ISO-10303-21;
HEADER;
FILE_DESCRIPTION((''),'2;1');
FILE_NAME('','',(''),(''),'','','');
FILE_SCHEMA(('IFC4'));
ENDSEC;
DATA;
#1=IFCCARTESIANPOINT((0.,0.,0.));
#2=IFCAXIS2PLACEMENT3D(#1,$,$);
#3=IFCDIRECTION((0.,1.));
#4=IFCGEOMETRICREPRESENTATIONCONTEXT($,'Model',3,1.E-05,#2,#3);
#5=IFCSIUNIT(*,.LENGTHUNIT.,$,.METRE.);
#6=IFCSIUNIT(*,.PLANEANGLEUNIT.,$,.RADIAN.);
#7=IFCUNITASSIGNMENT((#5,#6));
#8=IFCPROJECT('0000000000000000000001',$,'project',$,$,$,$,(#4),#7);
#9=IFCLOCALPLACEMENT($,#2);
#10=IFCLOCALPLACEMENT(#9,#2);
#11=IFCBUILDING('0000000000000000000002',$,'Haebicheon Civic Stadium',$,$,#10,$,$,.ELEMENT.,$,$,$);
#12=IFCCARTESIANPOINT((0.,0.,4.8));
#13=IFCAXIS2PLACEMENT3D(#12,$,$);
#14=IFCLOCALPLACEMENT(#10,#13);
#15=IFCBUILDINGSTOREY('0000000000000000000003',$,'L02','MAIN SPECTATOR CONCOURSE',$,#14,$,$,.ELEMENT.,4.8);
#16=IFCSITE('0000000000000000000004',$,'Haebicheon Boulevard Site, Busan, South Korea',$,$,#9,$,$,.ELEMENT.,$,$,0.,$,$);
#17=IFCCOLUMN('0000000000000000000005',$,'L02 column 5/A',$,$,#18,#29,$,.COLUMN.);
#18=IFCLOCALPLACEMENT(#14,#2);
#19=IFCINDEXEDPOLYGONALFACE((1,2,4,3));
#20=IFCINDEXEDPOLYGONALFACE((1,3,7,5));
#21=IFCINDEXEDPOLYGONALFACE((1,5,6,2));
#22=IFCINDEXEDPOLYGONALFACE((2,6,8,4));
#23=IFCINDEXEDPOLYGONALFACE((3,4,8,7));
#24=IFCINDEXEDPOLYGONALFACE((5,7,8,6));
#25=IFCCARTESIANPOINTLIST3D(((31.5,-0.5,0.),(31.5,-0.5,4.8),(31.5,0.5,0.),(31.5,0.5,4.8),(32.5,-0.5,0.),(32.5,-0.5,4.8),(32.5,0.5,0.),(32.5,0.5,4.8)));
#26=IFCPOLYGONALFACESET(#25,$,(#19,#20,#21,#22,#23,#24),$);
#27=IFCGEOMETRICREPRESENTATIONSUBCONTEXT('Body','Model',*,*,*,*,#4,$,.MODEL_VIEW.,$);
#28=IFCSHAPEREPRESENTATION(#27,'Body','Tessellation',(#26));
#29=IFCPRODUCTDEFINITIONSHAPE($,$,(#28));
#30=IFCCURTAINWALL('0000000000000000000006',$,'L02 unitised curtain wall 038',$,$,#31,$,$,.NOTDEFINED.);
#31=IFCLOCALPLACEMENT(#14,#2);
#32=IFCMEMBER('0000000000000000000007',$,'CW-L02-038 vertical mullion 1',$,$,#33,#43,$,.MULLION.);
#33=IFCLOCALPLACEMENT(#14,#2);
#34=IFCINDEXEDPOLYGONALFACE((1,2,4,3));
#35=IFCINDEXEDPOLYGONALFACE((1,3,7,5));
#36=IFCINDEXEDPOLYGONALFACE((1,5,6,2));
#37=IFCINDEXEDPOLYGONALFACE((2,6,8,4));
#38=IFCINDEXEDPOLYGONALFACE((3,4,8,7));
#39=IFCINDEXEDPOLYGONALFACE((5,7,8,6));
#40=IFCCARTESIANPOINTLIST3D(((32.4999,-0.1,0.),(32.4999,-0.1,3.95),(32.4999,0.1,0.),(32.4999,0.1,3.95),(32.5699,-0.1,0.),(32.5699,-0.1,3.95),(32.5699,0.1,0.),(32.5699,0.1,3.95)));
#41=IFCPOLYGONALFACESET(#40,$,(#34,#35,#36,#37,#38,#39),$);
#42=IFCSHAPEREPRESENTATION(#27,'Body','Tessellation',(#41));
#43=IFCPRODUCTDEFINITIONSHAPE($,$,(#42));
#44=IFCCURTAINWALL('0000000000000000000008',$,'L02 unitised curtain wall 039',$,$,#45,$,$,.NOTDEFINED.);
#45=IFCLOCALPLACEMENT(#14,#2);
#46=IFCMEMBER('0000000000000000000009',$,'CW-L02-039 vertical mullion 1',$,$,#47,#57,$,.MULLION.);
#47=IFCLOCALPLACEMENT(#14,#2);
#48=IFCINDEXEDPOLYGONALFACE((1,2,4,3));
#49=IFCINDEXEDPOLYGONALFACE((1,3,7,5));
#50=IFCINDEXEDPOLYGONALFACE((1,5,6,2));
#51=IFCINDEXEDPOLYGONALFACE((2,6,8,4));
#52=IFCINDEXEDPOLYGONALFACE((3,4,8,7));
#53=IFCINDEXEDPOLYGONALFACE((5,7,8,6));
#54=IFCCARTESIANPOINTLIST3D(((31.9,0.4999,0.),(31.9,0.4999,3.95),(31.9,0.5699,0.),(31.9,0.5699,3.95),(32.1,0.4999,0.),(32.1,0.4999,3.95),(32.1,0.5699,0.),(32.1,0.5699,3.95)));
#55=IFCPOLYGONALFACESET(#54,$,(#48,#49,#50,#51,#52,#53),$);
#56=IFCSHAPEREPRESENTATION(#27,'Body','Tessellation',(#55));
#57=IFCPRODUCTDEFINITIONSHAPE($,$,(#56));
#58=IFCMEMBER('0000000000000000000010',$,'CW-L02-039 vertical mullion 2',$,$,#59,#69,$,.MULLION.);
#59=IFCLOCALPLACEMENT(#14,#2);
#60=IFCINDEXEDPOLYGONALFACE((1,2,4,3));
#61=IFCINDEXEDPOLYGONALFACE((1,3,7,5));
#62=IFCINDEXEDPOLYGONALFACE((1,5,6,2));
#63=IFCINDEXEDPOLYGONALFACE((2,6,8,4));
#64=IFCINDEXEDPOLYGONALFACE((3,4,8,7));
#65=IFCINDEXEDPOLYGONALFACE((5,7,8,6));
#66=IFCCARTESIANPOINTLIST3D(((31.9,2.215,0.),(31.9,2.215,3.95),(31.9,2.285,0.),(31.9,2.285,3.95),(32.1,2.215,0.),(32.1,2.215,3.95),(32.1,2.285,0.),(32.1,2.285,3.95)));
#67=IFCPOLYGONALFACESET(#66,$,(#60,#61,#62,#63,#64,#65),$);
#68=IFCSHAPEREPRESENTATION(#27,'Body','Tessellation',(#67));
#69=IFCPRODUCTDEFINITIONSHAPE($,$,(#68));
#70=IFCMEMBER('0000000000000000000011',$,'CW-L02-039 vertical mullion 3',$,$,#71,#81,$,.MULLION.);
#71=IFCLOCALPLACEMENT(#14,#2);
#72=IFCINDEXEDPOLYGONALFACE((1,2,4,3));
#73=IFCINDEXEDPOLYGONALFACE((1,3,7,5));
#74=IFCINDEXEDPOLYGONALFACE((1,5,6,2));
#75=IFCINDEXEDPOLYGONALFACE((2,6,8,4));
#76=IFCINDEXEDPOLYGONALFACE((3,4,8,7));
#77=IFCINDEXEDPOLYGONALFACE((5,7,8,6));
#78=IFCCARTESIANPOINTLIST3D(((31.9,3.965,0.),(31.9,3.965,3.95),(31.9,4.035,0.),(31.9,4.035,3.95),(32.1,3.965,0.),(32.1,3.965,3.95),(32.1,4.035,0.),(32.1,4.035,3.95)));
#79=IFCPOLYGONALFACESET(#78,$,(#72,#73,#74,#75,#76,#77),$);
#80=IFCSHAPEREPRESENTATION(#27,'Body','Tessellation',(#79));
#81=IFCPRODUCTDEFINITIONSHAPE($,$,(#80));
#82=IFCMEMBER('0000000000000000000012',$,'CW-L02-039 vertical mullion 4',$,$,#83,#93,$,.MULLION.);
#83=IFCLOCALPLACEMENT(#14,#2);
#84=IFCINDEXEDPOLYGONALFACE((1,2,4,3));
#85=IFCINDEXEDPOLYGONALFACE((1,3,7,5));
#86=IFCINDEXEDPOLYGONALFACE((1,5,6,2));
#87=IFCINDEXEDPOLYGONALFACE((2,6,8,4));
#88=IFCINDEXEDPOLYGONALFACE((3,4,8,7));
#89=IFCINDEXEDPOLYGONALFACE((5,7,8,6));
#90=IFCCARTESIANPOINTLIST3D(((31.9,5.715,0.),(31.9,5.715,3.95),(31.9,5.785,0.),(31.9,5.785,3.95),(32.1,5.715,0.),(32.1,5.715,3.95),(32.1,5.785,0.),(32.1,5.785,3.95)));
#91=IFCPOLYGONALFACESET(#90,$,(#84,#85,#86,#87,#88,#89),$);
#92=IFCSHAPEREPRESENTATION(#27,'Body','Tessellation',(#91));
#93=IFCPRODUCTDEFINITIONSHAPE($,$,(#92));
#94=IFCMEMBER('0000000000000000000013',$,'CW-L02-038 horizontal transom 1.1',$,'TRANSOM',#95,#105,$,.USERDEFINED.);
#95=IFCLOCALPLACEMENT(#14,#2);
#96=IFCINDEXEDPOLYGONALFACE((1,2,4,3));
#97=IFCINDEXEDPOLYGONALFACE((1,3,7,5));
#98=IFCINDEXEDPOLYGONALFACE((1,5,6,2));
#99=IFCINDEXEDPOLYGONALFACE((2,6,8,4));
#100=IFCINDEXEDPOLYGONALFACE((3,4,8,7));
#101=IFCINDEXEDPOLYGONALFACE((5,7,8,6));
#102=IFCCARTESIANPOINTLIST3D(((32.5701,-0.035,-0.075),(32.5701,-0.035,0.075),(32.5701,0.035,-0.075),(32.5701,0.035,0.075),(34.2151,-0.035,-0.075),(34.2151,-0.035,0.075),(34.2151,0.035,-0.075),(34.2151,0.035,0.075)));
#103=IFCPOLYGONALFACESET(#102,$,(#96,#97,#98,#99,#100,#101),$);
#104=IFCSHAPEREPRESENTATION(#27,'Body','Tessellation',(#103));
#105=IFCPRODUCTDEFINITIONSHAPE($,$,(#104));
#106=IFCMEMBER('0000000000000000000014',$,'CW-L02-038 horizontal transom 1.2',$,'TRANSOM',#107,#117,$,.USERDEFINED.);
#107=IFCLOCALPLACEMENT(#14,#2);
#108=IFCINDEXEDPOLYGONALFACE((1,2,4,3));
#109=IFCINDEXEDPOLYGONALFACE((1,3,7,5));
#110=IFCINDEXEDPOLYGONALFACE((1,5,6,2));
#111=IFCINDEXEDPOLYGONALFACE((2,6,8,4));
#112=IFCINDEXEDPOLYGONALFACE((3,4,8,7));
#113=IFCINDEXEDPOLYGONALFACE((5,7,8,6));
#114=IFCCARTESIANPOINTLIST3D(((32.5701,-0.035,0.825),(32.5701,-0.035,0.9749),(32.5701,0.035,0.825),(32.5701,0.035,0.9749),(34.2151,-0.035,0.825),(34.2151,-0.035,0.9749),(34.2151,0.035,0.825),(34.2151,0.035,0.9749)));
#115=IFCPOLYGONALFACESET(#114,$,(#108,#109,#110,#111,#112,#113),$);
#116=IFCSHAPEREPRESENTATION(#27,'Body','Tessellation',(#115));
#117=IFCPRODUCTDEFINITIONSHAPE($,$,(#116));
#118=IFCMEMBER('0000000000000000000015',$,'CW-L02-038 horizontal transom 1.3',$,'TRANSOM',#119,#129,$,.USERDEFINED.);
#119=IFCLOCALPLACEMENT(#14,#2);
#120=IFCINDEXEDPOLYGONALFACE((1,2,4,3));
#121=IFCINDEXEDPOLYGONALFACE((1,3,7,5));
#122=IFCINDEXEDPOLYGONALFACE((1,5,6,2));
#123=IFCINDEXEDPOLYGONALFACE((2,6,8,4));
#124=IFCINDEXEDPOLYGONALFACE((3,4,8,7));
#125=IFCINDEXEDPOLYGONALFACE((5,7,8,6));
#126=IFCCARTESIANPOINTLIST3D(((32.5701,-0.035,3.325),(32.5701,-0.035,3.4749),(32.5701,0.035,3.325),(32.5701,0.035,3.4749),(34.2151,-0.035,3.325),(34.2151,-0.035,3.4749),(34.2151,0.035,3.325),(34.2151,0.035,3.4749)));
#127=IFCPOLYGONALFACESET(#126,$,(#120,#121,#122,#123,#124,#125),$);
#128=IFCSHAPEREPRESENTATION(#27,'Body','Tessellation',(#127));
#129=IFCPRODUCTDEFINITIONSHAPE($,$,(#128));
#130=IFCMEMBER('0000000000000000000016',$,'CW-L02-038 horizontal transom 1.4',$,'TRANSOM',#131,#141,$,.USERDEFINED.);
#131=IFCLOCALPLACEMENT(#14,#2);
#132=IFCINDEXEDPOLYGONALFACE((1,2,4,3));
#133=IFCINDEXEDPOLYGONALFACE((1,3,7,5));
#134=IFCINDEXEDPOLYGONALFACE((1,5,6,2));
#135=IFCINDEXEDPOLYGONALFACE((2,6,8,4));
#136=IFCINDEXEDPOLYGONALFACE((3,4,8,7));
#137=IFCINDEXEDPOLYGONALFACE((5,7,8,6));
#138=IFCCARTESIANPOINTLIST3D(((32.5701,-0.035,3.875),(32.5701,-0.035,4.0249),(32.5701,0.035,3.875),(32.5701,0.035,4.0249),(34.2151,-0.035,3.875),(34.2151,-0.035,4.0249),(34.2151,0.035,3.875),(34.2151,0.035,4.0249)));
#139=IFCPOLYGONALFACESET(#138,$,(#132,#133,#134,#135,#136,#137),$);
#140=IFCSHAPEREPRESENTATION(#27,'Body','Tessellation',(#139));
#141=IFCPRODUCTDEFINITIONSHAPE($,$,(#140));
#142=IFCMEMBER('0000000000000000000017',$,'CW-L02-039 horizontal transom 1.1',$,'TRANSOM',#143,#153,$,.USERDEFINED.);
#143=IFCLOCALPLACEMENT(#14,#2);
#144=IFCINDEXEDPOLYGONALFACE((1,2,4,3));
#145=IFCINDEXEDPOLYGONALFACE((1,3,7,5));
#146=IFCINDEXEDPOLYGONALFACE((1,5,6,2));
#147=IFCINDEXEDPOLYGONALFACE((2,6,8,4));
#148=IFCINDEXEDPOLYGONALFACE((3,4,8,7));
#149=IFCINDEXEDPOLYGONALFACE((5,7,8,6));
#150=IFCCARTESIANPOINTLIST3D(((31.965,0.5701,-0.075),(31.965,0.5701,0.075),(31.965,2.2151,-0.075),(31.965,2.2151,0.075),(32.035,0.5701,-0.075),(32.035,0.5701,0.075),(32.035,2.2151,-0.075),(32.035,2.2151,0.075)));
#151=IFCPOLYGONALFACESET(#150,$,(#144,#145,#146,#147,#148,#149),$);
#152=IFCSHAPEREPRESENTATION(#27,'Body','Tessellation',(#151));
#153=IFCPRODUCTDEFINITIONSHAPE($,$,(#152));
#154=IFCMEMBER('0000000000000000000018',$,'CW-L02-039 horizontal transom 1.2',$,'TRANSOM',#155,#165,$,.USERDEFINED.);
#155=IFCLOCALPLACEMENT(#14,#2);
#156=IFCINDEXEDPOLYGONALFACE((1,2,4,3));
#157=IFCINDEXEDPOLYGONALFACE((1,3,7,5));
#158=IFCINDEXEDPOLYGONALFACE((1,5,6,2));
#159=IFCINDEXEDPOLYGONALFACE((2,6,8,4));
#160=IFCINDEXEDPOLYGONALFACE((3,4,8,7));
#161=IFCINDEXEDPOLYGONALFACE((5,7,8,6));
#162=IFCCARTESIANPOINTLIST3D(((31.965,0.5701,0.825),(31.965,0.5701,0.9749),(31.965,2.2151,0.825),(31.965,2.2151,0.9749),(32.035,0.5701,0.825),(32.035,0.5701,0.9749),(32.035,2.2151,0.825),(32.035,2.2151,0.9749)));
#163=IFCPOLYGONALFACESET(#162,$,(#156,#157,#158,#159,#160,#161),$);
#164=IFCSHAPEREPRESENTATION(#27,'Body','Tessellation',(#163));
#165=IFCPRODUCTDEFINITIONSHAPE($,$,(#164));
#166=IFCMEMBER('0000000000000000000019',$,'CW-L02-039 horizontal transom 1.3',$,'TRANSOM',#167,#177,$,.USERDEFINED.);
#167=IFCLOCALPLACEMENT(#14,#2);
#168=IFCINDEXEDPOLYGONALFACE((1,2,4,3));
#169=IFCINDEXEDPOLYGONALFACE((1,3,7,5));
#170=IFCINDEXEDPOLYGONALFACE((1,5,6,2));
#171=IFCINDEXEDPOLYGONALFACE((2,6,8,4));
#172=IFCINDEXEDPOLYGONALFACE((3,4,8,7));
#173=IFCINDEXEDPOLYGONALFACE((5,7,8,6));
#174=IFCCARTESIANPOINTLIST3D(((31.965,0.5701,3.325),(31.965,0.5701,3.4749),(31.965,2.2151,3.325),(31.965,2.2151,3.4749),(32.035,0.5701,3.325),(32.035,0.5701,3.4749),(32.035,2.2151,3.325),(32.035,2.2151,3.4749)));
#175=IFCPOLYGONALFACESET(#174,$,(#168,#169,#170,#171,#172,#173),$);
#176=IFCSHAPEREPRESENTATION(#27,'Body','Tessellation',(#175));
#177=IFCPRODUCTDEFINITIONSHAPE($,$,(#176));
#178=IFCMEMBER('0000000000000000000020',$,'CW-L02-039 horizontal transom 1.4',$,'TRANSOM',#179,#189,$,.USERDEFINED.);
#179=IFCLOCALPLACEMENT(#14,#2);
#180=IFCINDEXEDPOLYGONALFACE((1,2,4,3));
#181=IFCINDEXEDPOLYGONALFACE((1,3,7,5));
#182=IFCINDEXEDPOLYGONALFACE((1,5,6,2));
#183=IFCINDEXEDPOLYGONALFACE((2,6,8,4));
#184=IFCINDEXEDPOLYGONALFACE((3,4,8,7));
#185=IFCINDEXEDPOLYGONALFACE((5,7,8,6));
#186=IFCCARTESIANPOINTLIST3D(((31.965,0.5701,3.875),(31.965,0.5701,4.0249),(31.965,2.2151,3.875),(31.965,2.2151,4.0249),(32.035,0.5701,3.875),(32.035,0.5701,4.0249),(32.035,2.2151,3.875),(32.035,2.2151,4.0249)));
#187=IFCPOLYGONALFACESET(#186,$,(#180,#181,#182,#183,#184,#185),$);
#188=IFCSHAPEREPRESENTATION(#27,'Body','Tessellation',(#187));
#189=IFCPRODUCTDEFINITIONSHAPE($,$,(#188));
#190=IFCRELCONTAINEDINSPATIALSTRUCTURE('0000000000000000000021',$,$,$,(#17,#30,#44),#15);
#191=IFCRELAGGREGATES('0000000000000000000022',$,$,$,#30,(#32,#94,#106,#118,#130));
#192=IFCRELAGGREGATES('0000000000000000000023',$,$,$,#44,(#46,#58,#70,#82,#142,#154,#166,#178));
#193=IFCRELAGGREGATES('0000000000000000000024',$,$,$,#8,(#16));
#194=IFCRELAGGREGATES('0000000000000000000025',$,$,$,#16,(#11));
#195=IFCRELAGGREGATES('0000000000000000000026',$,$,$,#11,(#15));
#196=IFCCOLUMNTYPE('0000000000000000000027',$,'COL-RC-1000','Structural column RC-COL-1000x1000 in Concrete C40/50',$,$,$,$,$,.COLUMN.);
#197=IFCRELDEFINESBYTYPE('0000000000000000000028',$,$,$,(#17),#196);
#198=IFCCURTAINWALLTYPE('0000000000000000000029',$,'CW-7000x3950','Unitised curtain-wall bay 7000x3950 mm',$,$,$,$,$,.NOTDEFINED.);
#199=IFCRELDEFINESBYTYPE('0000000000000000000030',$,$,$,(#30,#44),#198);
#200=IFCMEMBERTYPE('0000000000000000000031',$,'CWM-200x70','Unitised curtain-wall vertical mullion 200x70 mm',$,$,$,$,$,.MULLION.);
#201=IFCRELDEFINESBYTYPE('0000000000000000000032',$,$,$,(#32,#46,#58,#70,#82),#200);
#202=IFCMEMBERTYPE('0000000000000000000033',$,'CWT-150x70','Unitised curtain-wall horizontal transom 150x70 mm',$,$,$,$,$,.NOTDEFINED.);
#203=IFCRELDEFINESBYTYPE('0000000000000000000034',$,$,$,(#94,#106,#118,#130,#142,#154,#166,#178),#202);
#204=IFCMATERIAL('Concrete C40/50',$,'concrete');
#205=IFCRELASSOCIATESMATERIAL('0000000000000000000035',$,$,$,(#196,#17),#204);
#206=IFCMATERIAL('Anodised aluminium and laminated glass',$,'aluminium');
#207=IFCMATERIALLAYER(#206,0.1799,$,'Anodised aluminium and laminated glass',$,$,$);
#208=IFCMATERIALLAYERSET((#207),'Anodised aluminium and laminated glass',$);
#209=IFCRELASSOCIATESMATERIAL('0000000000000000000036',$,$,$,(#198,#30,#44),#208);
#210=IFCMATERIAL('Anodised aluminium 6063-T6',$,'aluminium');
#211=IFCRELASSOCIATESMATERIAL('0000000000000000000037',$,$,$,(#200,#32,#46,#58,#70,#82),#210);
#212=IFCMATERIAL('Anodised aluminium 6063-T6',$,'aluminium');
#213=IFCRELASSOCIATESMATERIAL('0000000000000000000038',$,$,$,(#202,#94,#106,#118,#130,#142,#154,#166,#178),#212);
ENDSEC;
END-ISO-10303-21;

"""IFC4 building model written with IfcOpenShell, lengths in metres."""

from ifc_helpers import new_model, si_unit, direction, frame, origin, origin_2d, place, context, subcontext, project, spatial, rectangle, extrude, material, layer, layer_set, material_profile, profile_set, type_object, element, aggregate, save


model = new_model("IFC4")

# Units and contexts
model_context = context("Model", 3, precision=1e-05, world=origin(), true_north=direction((0.0, 1.0)))
body_context = subcontext(model_context, "Body", "Model", "MODEL_VIEW")
ifc_project = project(units=[si_unit("LENGTHUNIT", "METRE"), si_unit("PLANEANGLEUNIT", "RADIAN")], contexts=[model_context])

# Site, building, storey
site_placement = place(None, origin())
site = spatial("IfcSite", under=ifc_project, at=site_placement, Name="Haebicheon Boulevard Site, Busan, South Korea", CompositionType="ELEMENT", RefElevation=0.0)
building_placement = place(site_placement, origin())
building = spatial("IfcBuilding", under=site, at=building_placement, Name="Haebicheon Civic Stadium", CompositionType="ELEMENT")
storey_placement = place(building_placement, frame((0.0, 0.0, 4.8)))
storey = spatial("IfcBuildingStorey", under=building, at=storey_placement, Name="L02", Description="MAIN SPECTATOR CONCOURSE", CompositionType="ELEMENT", Elevation=4.8)

# Column
ifc_material_1 = material(Name="Concrete C40/50", Category="concrete")
ifc_material_profile_1 = material_profile(ifc_material_1, rectangle(XDim=1.0, YDim=1.0, at=origin_2d()), Name="RC-COL-1000x1000")
ifc_profile_set_1 = profile_set([ifc_material_profile_1], Name="Concrete C40/50")
column_type = type_object("IfcColumnType", Name="COL-RC-1000", Description="Structural column RC-COL-1000x1000 in Concrete C40/50", PredefinedType="COLUMN", material=ifc_profile_set_1)
column_placement = place(storey_placement, frame((32.0, 0.0, 0.0), z_axis=(0.0, 0.0, 1.0), x_axis=(1.0, 0.0, 0.0)))
element("IfcColumn", 1, at=column_placement, inside=storey, type_object=column_type, material=ifc_profile_set_1, Name="L02 column 5/A", PredefinedType="COLUMN", context=body_context, shape_type="SweptSolid", body=[
    extrude(rectangle(XDim=1.0, YDim=1.0, at=origin_2d()), origin(), (0.0, 0.0, 1.0), 4.8),
])

# Curtain wall, member
ifc_material_2 = material(Name="Anodised aluminium and laminated glass", Category="aluminium")
ifc_layer_1 = layer(ifc_material_2, 0.1799, Name="Anodised aluminium and laminated glass")
ifc_layer_set_1 = layer_set([ifc_layer_1], Name="Anodised aluminium and laminated glass")
curtain_wall_type = type_object("IfcCurtainWallType", Name="CW-7000x3950", Description="Unitised curtain-wall bay 7000x3950 mm", PredefinedType="NOTDEFINED", material=ifc_layer_set_1)
curtain_wall_1_placement = place(storey_placement, origin())
curtain_wall_1 = element("IfcCurtainWall", 2, at=curtain_wall_1_placement, inside=storey, type_object=curtain_wall_type, material=ifc_layer_set_1, Name="L02 unitised curtain wall 038", PredefinedType="NOTDEFINED")
ifc_material_3 = material(Name="Anodised aluminium 6063-T6", Category="aluminium")
ifc_material_profile_2 = material_profile(ifc_material_3, rectangle(XDim=0.0701, YDim=0.2, at=origin_2d()), Name="ALU-MULL-70x200")
ifc_profile_set_2 = profile_set([ifc_material_profile_2], Name="Anodised aluminium 6063-T6")
member_type_1 = type_object("IfcMemberType", Name="CWM-200x70", Description="Unitised curtain-wall vertical mullion 200x70 mm", PredefinedType="MULLION", material=ifc_profile_set_2)
member_1_placement = place(storey_placement, frame((32.5349, 0.0, 0.0), z_axis=(0.0, 0.0, 1.0), x_axis=(1.0, 0.0, 0.0)))
member_1 = element("IfcMember", 3, at=member_1_placement, type_object=member_type_1, material=ifc_profile_set_2, Name="CW-L02-038 vertical mullion 1", PredefinedType="MULLION", context=body_context, shape_type="SweptSolid", body=[
    extrude(rectangle(XDim=0.0701, YDim=0.2, at=origin_2d()), origin(), (0.0, 0.0, 1.0), 3.95),
])

# Curtain wall, members
curtain_wall_2_placement = place(storey_placement, origin())
curtain_wall_2 = element("IfcCurtainWall", 4, at=curtain_wall_2_placement, inside=storey, type_object=curtain_wall_type, material=ifc_layer_set_1, Name="L02 unitised curtain wall 039", PredefinedType="NOTDEFINED")
member_2_placement = place(storey_placement, frame((32.0, 0.5349, 0.0), z_axis=(0.0, 0.0, 1.0), x_axis=(0.0, 1.0, 0.0)))
member_2 = element("IfcMember", 5, at=member_2_placement, type_object=member_type_1, material=ifc_profile_set_2, Name="CW-L02-039 vertical mullion 1", PredefinedType="MULLION", context=body_context, shape_type="SweptSolid", body=[
    extrude(rectangle(XDim=0.0701, YDim=0.2, at=origin_2d()), origin(), (0.0, 0.0, 1.0), 3.95),
])
member_3_placement = place(storey_placement, frame((32.0, 2.25, 0.0), z_axis=(0.0, 0.0, 1.0), x_axis=(0.0, 1.0, 0.0)))
member_3 = element("IfcMember", 6, at=member_3_placement, type_object=member_type_1, material=ifc_profile_set_2, Name="CW-L02-039 vertical mullion 2", PredefinedType="MULLION", context=body_context, shape_type="SweptSolid", body=[
    extrude(rectangle(XDim=0.0701, YDim=0.2, at=origin_2d()), origin(), (0.0, 0.0, 1.0), 3.95),
])
member_4_placement = place(storey_placement, frame((32.0, 4.0, 0.0), z_axis=(0.0, 0.0, 1.0), x_axis=(0.0, 1.0, 0.0)))
member_4 = element("IfcMember", 7, at=member_4_placement, type_object=member_type_1, material=ifc_profile_set_2, Name="CW-L02-039 vertical mullion 3", PredefinedType="MULLION", context=body_context, shape_type="SweptSolid", body=[
    extrude(rectangle(XDim=0.0701, YDim=0.2, at=origin_2d()), origin(), (0.0, 0.0, 1.0), 3.95),
])
member_5_placement = place(storey_placement, frame((32.0, 5.75, 0.0), z_axis=(0.0, 0.0, 1.0), x_axis=(0.0, 1.0, 0.0)))
member_5 = element("IfcMember", 8, at=member_5_placement, type_object=member_type_1, material=ifc_profile_set_2, Name="CW-L02-039 vertical mullion 4", PredefinedType="MULLION", context=body_context, shape_type="SweptSolid", body=[
    extrude(rectangle(XDim=0.0701, YDim=0.2, at=origin_2d()), origin(), (0.0, 0.0, 1.0), 3.95),
])

# Members
ifc_material_4 = material(Name="Anodised aluminium 6063-T6", Category="aluminium")
ifc_material_profile_3 = material_profile(ifc_material_4, rectangle(XDim=0.0701, YDim=0.1499, at=origin_2d()), Name="ALU-TRAN-70x150")
ifc_profile_set_3 = profile_set([ifc_material_profile_3], Name="Anodised aluminium 6063-T6")
member_type_2 = type_object("IfcMemberType", Name="CWT-150x70", Description="Unitised curtain-wall horizontal transom 150x70 mm", PredefinedType="NOTDEFINED", material=ifc_profile_set_3)
member_6_placement = place(storey_placement, frame((32.5701, 0.0, 0.0), z_axis=(1.0, 0.0, 0.0), x_axis=(0.0, 1.0, 0.0)))
member_6 = element("IfcMember", 9, at=member_6_placement, type_object=member_type_2, material=ifc_profile_set_3, Name="CW-L02-038 horizontal transom 1.1", ObjectType="TRANSOM", PredefinedType="USERDEFINED", context=body_context, shape_type="SweptSolid", body=[
    extrude(rectangle(XDim=0.0701, YDim=0.1499, at=origin_2d()), origin(), (0.0, 0.0, 1.0), 1.645),
])
member_7_placement = place(storey_placement, frame((32.5701, 0.0, 0.8999), z_axis=(1.0, 0.0, 0.0), x_axis=(0.0, 1.0, 0.0)))
member_7 = element("IfcMember", 10, at=member_7_placement, type_object=member_type_2, material=ifc_profile_set_3, Name="CW-L02-038 horizontal transom 1.2", ObjectType="TRANSOM", PredefinedType="USERDEFINED", context=body_context, shape_type="SweptSolid", body=[
    extrude(rectangle(XDim=0.0701, YDim=0.1499, at=origin_2d()), origin(), (0.0, 0.0, 1.0), 1.645),
])
member_8_placement = place(storey_placement, frame((32.5701, 0.0, 3.3999), z_axis=(1.0, 0.0, 0.0), x_axis=(0.0, 1.0, 0.0)))
member_8 = element("IfcMember", 11, at=member_8_placement, type_object=member_type_2, material=ifc_profile_set_3, Name="CW-L02-038 horizontal transom 1.3", ObjectType="TRANSOM", PredefinedType="USERDEFINED", context=body_context, shape_type="SweptSolid", body=[
    extrude(rectangle(XDim=0.0701, YDim=0.1499, at=origin_2d()), origin(), (0.0, 0.0, 1.0), 1.645),
])
member_9_placement = place(storey_placement, frame((32.5701, 0.0, 3.95), z_axis=(1.0, 0.0, 0.0), x_axis=(0.0, 1.0, 0.0)))
member_9 = element("IfcMember", 12, at=member_9_placement, type_object=member_type_2, material=ifc_profile_set_3, Name="CW-L02-038 horizontal transom 1.4", ObjectType="TRANSOM", PredefinedType="USERDEFINED", context=body_context, shape_type="SweptSolid", body=[
    extrude(rectangle(XDim=0.0701, YDim=0.1499, at=origin_2d()), origin(), (0.0, 0.0, 1.0), 1.645),
])
aggregate(curtain_wall_1, [member_1, member_6, member_7, member_8, member_9])
member_10_placement = place(storey_placement, frame((32.0, 0.5701, 0.0), z_axis=(0.0, 1.0, 0.0), x_axis=(-1.0, 0.0, 0.0)))
member_10 = element("IfcMember", 13, at=member_10_placement, type_object=member_type_2, material=ifc_profile_set_3, Name="CW-L02-039 horizontal transom 1.1", ObjectType="TRANSOM", PredefinedType="USERDEFINED", context=body_context, shape_type="SweptSolid", body=[
    extrude(rectangle(XDim=0.0701, YDim=0.1499, at=origin_2d()), origin(), (0.0, 0.0, 1.0), 1.645),
])
member_11_placement = place(storey_placement, frame((32.0, 0.5701, 0.8999), z_axis=(0.0, 1.0, 0.0), x_axis=(-1.0, 0.0, 0.0)))
member_11 = element("IfcMember", 14, at=member_11_placement, type_object=member_type_2, material=ifc_profile_set_3, Name="CW-L02-039 horizontal transom 1.2", ObjectType="TRANSOM", PredefinedType="USERDEFINED", context=body_context, shape_type="SweptSolid", body=[
    extrude(rectangle(XDim=0.0701, YDim=0.1499, at=origin_2d()), origin(), (0.0, 0.0, 1.0), 1.645),
])
member_12_placement = place(storey_placement, frame((32.0, 0.5701, 3.3999), z_axis=(0.0, 1.0, 0.0), x_axis=(-1.0, 0.0, 0.0)))
member_12 = element("IfcMember", 15, at=member_12_placement, type_object=member_type_2, material=ifc_profile_set_3, Name="CW-L02-039 horizontal transom 1.3", ObjectType="TRANSOM", PredefinedType="USERDEFINED", context=body_context, shape_type="SweptSolid", body=[
    extrude(rectangle(XDim=0.0701, YDim=0.1499, at=origin_2d()), origin(), (0.0, 0.0, 1.0), 1.645),
])
member_13_placement = place(storey_placement, frame((32.0, 0.5701, 3.95), z_axis=(0.0, 1.0, 0.0), x_axis=(-1.0, 0.0, 0.0)))
member_13 = element("IfcMember", 16, at=member_13_placement, type_object=member_type_2, material=ifc_profile_set_3, Name="CW-L02-039 horizontal transom 1.4", ObjectType="TRANSOM", PredefinedType="USERDEFINED", context=body_context, shape_type="SweptSolid", body=[
    extrude(rectangle(XDim=0.0701, YDim=0.1499, at=origin_2d()), origin(), (0.0, 0.0, 1.0), 1.645),
])

aggregate(curtain_wall_2, [member_2, member_3, member_4, member_5, member_10, member_11, member_12, member_13])

save(model, "model.ifc")
